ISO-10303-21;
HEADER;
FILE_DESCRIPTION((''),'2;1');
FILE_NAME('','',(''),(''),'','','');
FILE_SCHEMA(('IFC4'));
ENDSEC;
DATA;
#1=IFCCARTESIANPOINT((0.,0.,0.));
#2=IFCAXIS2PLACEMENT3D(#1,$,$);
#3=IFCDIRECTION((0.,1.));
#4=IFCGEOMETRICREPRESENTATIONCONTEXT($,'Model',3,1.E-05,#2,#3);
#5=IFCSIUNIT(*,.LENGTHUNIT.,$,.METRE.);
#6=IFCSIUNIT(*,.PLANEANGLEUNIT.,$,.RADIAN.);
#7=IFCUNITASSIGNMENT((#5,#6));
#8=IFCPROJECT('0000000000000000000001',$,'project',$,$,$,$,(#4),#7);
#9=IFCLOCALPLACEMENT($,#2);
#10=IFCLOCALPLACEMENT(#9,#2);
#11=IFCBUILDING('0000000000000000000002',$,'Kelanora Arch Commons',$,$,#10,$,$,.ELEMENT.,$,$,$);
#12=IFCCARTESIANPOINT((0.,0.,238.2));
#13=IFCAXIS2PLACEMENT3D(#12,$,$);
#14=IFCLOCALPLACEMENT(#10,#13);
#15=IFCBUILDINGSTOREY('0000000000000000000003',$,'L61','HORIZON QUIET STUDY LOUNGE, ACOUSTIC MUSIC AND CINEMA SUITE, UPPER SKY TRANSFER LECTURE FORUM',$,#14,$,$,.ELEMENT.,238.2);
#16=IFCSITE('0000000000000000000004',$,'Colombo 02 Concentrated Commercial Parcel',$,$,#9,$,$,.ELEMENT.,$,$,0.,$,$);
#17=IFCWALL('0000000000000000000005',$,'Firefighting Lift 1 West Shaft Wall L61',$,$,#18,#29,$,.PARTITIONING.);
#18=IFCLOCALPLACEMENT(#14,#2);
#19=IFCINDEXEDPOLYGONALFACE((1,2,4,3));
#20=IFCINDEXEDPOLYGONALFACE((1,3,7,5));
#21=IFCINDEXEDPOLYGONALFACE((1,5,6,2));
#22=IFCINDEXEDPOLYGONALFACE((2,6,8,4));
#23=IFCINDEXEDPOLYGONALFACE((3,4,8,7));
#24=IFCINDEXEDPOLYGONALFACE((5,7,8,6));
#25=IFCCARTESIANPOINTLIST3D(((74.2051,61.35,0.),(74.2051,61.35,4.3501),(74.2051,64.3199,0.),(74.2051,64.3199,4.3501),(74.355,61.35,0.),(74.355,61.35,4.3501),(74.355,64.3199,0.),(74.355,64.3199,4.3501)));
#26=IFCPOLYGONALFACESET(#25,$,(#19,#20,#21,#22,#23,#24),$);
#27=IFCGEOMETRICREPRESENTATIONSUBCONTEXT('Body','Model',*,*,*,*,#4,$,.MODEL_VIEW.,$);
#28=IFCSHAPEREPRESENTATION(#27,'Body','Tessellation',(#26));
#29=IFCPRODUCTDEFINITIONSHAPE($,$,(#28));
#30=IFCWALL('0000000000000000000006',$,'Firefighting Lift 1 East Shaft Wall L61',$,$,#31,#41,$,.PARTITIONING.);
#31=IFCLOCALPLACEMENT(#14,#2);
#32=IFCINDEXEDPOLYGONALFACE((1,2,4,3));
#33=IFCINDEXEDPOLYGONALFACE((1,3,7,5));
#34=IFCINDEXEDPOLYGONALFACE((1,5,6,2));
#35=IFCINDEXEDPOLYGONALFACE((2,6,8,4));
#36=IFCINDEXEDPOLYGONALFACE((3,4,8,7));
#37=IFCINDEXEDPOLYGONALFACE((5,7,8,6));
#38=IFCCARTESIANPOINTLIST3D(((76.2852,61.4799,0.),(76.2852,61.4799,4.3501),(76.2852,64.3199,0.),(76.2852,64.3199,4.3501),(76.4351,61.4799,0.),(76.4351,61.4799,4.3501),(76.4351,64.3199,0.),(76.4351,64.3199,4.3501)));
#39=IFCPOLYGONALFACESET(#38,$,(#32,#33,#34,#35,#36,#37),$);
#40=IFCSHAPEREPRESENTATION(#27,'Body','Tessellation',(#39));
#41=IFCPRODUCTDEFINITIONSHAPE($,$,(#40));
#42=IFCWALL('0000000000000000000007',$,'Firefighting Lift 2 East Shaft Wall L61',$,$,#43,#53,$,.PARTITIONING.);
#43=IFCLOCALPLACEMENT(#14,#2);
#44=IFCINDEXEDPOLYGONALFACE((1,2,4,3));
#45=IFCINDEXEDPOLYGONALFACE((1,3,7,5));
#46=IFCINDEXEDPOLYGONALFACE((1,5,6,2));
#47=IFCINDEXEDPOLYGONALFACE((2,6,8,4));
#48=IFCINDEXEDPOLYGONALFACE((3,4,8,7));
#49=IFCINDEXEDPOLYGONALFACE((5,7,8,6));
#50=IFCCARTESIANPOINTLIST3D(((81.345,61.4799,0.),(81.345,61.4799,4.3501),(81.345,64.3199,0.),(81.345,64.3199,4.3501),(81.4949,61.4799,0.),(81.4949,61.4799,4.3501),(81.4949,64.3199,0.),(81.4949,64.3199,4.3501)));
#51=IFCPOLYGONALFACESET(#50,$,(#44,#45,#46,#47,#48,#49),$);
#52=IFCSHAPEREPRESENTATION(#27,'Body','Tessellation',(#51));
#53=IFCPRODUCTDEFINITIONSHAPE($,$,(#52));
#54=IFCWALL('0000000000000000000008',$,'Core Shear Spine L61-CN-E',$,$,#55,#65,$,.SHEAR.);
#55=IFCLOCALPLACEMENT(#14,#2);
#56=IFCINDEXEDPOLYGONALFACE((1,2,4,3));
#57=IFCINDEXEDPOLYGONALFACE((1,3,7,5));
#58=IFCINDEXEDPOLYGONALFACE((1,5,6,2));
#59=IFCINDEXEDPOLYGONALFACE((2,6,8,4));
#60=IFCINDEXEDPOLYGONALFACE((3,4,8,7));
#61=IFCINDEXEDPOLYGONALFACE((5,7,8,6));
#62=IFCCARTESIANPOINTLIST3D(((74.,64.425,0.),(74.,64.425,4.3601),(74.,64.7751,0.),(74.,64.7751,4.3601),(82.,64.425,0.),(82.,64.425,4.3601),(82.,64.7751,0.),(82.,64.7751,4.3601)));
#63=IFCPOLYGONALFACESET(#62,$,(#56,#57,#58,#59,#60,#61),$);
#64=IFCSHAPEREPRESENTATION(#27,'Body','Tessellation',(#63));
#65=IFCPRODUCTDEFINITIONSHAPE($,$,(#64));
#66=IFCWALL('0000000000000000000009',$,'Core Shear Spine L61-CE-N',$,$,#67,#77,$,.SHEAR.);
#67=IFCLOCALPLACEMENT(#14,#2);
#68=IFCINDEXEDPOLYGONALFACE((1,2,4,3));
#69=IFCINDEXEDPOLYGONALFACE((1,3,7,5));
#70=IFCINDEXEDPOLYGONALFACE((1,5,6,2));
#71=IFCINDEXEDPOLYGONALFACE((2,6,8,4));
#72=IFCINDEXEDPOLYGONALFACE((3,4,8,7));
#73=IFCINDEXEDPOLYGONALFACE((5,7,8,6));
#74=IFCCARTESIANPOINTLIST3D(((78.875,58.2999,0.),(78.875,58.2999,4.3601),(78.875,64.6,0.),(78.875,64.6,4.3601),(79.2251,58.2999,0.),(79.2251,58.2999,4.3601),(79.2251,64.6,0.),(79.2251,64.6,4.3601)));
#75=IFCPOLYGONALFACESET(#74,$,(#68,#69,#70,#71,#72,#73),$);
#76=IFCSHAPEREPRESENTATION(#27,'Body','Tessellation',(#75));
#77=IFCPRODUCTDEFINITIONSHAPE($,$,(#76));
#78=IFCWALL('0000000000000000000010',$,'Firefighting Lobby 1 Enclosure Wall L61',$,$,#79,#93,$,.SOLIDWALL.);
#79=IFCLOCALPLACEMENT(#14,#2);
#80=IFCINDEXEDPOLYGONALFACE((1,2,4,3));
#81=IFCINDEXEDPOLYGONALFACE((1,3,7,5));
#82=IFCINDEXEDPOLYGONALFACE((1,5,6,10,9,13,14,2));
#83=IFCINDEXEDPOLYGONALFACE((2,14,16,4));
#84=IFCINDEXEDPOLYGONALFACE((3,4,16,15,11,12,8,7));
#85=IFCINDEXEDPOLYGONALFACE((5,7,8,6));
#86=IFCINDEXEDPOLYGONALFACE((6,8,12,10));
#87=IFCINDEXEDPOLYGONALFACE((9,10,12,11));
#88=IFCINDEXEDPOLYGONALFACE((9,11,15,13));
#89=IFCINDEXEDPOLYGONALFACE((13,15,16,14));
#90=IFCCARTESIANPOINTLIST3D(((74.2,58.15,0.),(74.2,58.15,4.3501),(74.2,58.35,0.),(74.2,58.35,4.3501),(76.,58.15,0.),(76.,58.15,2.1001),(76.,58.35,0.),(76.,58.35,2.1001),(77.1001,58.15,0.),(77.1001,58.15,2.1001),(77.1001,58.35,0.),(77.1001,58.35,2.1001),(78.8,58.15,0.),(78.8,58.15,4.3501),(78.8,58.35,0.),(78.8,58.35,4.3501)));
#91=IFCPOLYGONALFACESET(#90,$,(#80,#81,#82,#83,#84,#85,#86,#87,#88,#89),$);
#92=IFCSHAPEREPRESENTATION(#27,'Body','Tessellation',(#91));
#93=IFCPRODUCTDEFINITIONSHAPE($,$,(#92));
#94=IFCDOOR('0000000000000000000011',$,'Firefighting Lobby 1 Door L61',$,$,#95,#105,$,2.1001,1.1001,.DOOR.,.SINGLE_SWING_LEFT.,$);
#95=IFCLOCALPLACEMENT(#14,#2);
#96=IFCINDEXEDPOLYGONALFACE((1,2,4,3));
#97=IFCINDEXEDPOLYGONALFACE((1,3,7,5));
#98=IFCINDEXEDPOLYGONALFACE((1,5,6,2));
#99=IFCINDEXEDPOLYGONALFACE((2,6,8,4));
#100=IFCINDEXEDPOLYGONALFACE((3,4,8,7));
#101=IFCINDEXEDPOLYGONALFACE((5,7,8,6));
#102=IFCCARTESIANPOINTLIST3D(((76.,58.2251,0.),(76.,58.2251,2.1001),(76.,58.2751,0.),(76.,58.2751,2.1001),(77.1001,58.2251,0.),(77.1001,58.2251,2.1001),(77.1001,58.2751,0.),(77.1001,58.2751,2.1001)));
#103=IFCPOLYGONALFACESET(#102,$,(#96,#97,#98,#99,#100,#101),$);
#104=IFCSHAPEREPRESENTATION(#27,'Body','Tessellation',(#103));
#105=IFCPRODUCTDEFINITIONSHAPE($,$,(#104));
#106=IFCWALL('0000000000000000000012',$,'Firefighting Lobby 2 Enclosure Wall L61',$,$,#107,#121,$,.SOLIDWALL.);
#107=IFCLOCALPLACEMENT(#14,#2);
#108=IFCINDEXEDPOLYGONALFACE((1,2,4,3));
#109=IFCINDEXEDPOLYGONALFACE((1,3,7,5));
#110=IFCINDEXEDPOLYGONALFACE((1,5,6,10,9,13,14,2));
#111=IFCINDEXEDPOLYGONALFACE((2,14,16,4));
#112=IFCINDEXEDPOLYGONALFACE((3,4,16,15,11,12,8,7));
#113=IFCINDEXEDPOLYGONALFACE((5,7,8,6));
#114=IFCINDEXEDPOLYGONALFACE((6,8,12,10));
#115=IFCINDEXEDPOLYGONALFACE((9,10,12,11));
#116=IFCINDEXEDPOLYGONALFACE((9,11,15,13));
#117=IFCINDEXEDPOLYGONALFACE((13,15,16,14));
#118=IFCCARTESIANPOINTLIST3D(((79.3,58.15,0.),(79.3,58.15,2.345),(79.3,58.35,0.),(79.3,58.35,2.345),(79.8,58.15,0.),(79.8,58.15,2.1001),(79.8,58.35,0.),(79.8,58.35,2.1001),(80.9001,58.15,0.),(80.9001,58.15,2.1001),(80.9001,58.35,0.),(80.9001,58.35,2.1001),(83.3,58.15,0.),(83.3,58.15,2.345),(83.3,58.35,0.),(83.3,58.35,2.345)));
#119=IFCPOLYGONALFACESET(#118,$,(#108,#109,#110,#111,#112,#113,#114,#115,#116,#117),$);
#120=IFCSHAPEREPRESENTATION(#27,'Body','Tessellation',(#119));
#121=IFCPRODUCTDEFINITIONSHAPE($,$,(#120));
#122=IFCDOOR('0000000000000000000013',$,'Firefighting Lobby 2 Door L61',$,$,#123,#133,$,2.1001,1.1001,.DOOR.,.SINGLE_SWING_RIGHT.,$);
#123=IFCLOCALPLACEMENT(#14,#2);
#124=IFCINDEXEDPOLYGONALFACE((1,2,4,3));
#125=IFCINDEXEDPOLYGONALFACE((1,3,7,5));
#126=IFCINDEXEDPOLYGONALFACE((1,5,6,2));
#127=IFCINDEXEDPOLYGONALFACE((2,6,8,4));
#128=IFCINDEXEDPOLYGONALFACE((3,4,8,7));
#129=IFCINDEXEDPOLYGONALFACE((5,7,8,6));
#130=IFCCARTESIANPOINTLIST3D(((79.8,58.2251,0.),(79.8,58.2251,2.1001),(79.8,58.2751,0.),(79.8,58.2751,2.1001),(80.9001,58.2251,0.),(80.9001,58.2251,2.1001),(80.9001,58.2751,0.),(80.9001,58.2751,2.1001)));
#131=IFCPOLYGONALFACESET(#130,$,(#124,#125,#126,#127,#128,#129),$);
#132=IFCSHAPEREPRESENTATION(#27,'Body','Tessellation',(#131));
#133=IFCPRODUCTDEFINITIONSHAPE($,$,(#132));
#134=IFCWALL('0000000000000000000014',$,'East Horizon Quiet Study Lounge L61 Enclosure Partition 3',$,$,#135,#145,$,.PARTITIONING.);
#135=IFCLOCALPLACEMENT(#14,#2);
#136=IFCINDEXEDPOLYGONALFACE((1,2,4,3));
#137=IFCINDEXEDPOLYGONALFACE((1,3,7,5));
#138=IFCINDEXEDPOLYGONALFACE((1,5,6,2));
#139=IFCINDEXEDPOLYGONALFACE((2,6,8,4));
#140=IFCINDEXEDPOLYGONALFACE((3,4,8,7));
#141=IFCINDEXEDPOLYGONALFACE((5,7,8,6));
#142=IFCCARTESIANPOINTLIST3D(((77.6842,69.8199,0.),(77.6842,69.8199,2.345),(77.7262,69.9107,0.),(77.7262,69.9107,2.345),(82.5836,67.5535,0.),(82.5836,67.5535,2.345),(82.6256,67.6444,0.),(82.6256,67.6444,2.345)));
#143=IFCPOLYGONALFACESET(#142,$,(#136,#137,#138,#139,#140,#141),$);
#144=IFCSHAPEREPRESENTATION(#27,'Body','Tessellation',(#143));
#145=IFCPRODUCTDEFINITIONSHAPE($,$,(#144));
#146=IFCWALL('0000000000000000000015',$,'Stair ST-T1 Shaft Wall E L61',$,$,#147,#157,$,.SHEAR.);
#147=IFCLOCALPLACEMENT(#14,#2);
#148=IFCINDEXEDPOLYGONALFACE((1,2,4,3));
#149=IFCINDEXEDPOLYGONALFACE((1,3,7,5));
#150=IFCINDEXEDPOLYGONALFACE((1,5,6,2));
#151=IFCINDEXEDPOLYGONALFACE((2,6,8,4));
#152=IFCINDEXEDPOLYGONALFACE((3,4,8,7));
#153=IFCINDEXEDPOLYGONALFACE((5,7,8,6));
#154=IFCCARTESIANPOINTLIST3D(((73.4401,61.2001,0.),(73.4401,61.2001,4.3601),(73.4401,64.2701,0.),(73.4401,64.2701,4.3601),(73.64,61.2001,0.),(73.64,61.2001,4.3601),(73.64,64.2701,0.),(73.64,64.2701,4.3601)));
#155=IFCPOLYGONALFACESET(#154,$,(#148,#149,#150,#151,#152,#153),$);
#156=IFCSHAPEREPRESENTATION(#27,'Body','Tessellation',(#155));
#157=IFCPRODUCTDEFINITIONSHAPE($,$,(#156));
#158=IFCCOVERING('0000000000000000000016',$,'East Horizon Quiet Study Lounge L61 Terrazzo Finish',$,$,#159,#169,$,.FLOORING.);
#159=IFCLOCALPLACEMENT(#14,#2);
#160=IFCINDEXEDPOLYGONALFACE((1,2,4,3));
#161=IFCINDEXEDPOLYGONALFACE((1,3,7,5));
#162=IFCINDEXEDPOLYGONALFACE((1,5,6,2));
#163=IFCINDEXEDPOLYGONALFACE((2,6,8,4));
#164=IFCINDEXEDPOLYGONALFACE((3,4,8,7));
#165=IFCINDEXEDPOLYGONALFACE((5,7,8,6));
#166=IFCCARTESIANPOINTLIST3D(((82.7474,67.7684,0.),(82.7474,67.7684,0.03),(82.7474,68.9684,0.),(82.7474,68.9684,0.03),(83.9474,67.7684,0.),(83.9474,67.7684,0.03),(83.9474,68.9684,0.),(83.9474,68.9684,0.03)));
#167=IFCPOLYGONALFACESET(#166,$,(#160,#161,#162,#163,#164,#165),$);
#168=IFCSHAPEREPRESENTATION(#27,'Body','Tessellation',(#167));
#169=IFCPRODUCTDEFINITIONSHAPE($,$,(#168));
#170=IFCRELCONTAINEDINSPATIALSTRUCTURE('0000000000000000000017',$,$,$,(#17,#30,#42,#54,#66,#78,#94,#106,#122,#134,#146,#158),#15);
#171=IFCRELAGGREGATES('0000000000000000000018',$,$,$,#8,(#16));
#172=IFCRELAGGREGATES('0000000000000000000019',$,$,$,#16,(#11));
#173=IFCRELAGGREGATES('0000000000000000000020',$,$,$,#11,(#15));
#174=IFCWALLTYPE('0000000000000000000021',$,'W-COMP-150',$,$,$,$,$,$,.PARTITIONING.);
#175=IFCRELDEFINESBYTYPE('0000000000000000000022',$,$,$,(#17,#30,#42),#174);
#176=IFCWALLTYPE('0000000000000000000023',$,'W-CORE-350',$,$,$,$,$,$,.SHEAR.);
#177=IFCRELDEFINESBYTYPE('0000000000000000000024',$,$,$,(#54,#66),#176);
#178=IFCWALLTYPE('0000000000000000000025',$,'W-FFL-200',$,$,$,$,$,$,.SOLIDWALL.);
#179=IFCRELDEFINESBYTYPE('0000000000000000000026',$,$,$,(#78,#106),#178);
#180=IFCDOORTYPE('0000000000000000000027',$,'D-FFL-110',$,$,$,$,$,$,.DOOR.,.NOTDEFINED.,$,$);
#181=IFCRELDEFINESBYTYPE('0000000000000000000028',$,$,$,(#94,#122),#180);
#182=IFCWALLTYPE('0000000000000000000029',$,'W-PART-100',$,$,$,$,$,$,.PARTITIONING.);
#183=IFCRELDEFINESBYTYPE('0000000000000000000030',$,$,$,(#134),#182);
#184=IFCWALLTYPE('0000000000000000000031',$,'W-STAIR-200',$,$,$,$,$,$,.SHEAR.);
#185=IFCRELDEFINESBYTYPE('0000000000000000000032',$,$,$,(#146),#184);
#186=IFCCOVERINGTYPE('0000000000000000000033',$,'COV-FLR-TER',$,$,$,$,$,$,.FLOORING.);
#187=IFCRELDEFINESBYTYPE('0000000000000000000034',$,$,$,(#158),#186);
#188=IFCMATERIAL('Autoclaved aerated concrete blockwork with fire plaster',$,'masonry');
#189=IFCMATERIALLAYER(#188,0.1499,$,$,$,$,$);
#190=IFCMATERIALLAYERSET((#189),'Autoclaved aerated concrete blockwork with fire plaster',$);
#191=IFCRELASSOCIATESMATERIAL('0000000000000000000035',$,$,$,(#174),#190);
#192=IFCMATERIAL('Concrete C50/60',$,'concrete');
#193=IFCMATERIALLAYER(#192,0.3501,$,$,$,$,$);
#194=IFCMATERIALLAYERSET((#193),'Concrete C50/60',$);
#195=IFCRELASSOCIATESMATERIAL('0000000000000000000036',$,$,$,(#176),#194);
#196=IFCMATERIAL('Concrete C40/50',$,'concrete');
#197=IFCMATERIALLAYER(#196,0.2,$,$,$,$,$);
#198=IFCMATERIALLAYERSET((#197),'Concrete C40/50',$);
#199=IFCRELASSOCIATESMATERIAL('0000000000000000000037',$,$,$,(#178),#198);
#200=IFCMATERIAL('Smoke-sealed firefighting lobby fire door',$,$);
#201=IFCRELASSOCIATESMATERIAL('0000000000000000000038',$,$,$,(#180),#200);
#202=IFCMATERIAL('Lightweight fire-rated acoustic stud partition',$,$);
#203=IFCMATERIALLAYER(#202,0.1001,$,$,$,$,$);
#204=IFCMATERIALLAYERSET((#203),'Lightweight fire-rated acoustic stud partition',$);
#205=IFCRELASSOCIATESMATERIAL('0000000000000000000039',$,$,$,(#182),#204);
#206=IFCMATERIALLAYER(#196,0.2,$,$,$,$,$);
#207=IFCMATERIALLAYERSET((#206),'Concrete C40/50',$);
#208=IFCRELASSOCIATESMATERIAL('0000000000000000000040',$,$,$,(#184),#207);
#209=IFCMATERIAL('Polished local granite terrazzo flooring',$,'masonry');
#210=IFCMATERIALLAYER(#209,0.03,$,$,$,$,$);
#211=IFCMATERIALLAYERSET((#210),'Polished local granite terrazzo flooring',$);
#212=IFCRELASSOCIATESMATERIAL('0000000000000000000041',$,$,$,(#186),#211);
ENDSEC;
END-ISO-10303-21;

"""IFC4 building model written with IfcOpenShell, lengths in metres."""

from ifc_helpers import new_model, si_unit, direction, frame, frame_2d, origin, origin_2d, place, context, subcontext, project, spatial, rectangle, extrude, source, transform, mapped, material, layer, layer_set, type_object, element, fill, save


model = new_model("IFC4")

# Units and contexts
model_context = context("Model", 3, precision=1e-05, world=origin(), true_north=direction((0.0, 1.0)))
body_context = subcontext(model_context, "Body", "Model", "MODEL_VIEW")
ifc_project = project(units=[si_unit("LENGTHUNIT", "METRE"), si_unit("PLANEANGLEUNIT", "RADIAN")], contexts=[model_context])

# Site, building, storey
site_placement = place(None, origin())
site = spatial("IfcSite", under=ifc_project, at=site_placement, Name="Colombo 02 Concentrated Commercial Parcel", CompositionType="ELEMENT", RefElevation=0.0)
building_placement = place(site_placement, origin())
building = spatial("IfcBuilding", under=site, at=building_placement, Name="Kelanora Arch Commons", CompositionType="ELEMENT")
storey_placement = place(building_placement, frame((0.0, 0.0, 238.2)))
storey = spatial("IfcBuildingStorey", under=building, at=storey_placement, Name="L61", Description="HORIZON QUIET STUDY LOUNGE, ACOUSTIC MUSIC AND CINEMA SUITE, UPPER SKY TRANSFER LECTURE FORUM", CompositionType="ELEMENT", Elevation=238.2)

# Shared definitions
ifc_material_1 = material(Name="Concrete C50/60", Category="concrete")

# Walls
ifc_material_2 = material(Name="Autoclaved aerated concrete blockwork with fire plaster", Category="masonry")
ifc_layer_1 = layer(ifc_material_2, 0.1499)
ifc_layer_set_1 = layer_set([ifc_layer_1], Name="Autoclaved aerated concrete blockwork with fire plaster")
wall_type_1 = type_object("IfcWallType", Name="W-COMP-150", PredefinedType="PARTITIONING", material=ifc_layer_set_1)
wall_1_placement = place(storey_placement, frame((74.28, 61.3501, 0.0), z_axis=(0.0, 0.0, 1.0), x_axis=(0.0, 1.0, 0.0)))
element("IfcWall", 1, at=wall_1_placement, inside=storey, type_object=wall_type_1, Name="Firefighting Lift 1 West Shaft Wall L61", PredefinedType="PARTITIONING", context=body_context, shape_type="SweptSolid", body=[
    extrude(rectangle(XDim=2.97, YDim=0.1499, at=frame_2d((1.4849, 0.0))), origin(), (0.0, 0.0, 1.0), 4.3501),
])
for number, where, z_axis, x_axis, name in (
    (2, (76.3601, 61.48, 0.0), (0.0, 0.0, 1.0), (0.0, 1.0, 0.0), "Firefighting Lift 1 East Shaft Wall L61"),
    (3, (81.4199, 61.48, 0.0), (0.0, 0.0, 1.0), (0.0, 1.0, 0.0), "Firefighting Lift 2 East Shaft Wall L61"),
):
    element("IfcWall", number, at=place(storey_placement, frame(where, z_axis=z_axis, x_axis=x_axis)), inside=storey, type_object=wall_type_1, Name=name, PredefinedType="PARTITIONING", context=body_context, shape_type="SweptSolid", body=[
        extrude(rectangle(XDim=2.8401, YDim=0.1499, at=frame_2d((1.4199, 0.0))), origin(), (0.0, 0.0, 1.0), 4.3501),
    ])
ifc_layer_2 = layer(ifc_material_1, 0.3501)
ifc_layer_set_2 = layer_set([ifc_layer_2], Name="Concrete C50/60")
wall_type_2 = type_object("IfcWallType", Name="W-CORE-350", PredefinedType="SHEAR", material=ifc_layer_set_2)
wall_2_placement = place(storey_placement, frame((74.0, 64.6001, 0.0), z_axis=(0.0, 0.0, 1.0), x_axis=(1.0, 0.0, 0.0)))
element("IfcWall", 4, at=wall_2_placement, inside=storey, type_object=wall_type_2, Name="Core Shear Spine L61-CN-E", PredefinedType="SHEAR", context=body_context, shape_type="SweptSolid", body=[
    extrude(rectangle(XDim=8.0, YDim=0.3501, at=frame_2d((4.0, 0.0))), origin(), (0.0, 0.0, 1.0), 4.3601),
])
wall_3_placement = place(storey_placement, frame((79.05, 58.3, 0.0), z_axis=(0.0, 0.0, 1.0), x_axis=(0.0, 1.0, 0.0)))
element("IfcWall", 5, at=wall_3_placement, inside=storey, type_object=wall_type_2, Name="Core Shear Spine L61-CE-N", PredefinedType="SHEAR", context=body_context, shape_type="SweptSolid", body=[
    extrude(rectangle(XDim=6.3, YDim=0.3501, at=frame_2d((3.1499, 0.0))), origin(), (0.0, 0.0, 1.0), 4.3601),
])

# Walls, openings, doors
ifc_material_3 = material(Name="Concrete C40/50", Category="concrete")
ifc_layer_3 = layer(ifc_material_3, 0.2)
ifc_layer_set_3 = layer_set([ifc_layer_3], Name="Concrete C40/50")
wall_type_3 = type_object("IfcWallType", Name="W-FFL-200", PredefinedType="SOLIDWALL", material=ifc_layer_set_3)
wall_4_placement = place(storey_placement, frame((74.2, 58.25, 0.0), z_axis=(0.0, 0.0, 1.0), x_axis=(1.0, 0.0, 0.0)))
wall_4 = element("IfcWall", 6, at=wall_4_placement, inside=storey, type_object=wall_type_3, Name="Firefighting Lobby 1 Enclosure Wall L61", PredefinedType="SOLIDWALL", context=body_context, shape_type="SweptSolid", body=[
    extrude(rectangle(XDim=4.6001, YDim=0.2, at=frame_2d((2.3, 0.0))), origin(), (0.0, 0.0, 1.0), 4.3501),
])
opening_1_placement = place(wall_4_placement, frame((1.8, 0.0, 0.0)))
opening_1 = element("IfcOpeningElement", 7, at=opening_1_placement, cuts=wall_4, PredefinedType="OPENING", context=body_context, shape_type="SweptSolid", body=[
    extrude(rectangle(XDim=1.1001, YDim=2.1001, at=frame_2d((0.55, 1.05))), frame((0.0, 0.1099, 0.0), z_axis=(0.0, -1.0, 0.0), x_axis=(1.0, 0.0, 0.0)), (0.0, 0.0, 1.0), 0.22),
])
ifc_material_4 = material(Name="Smoke-sealed firefighting lobby fire door")
door_type_1 = type_object("IfcDoorType", Name="D-FFL-110", OperationType="NOTDEFINED", PredefinedType="DOOR", material=ifc_material_4)
door_1_placement = place(opening_1_placement, frame((1.1001, 0.0, 0.0), z_axis=(0.0, 0.0, 1.0), x_axis=(-1.0, 0.0, 0.0)))
door_1 = element("IfcDoor", 8, at=door_1_placement, inside=storey, type_object=door_type_1, Name="Firefighting Lobby 1 Door L61", OperationType="SINGLE_SWING_LEFT", OverallHeight=2.1001, OverallWidth=1.1001, PredefinedType="DOOR", context=body_context, shape_type="SweptSolid", body=[
    extrude(rectangle(XDim=1.1001, YDim=2.1001, at=frame_2d((0.55, 1.05))), frame((0.0, 0.0249, 0.0), z_axis=(0.0, -1.0, 0.0), x_axis=(1.0, 0.0, 0.0)), (0.0, 0.0, 1.0), 0.05),
])
fill(opening_1, door_1)
wall_5_placement = place(storey_placement, frame((79.3, 58.25, 0.0), z_axis=(0.0, 0.0, 1.0), x_axis=(1.0, 0.0, 0.0)))
wall_5 = element("IfcWall", 9, at=wall_5_placement, inside=storey, type_object=wall_type_3, Name="Firefighting Lobby 2 Enclosure Wall L61", PredefinedType="SOLIDWALL", context=body_context, shape_type="SweptSolid", body=[
    extrude(rectangle(XDim=4.0, YDim=0.2, at=frame_2d((2.0, 0.0))), origin(), (0.0, 0.0, 1.0), 2.345),
])
opening_2_placement = place(wall_5_placement, frame((0.5, 0.0, 0.0)))
opening_2 = element("IfcOpeningElement", 10, at=opening_2_placement, cuts=wall_5, PredefinedType="OPENING", context=body_context, shape_type="SweptSolid", body=[
    extrude(rectangle(XDim=1.1001, YDim=2.1001, at=frame_2d((0.55, 1.05))), frame((0.0, 0.1099, 0.0), z_axis=(0.0, -1.0, 0.0), x_axis=(1.0, 0.0, 0.0)), (0.0, 0.0, 1.0), 0.22),
])
door_2_placement = place(opening_2_placement, frame((1.1001, 0.0, 0.0), z_axis=(0.0, 0.0, 1.0), x_axis=(-1.0, 0.0, 0.0)))
door_2 = element("IfcDoor", 11, at=door_2_placement, inside=storey, type_object=door_type_1, Name="Firefighting Lobby 2 Door L61", OperationType="SINGLE_SWING_RIGHT", OverallHeight=2.1001, OverallWidth=1.1001, PredefinedType="DOOR", context=body_context, shape_type="SweptSolid", body=[
    extrude(rectangle(XDim=1.1001, YDim=2.1001, at=frame_2d((0.55, 1.05))), frame((0.0, 0.0249, 0.0), z_axis=(0.0, -1.0, 0.0), x_axis=(1.0, 0.0, 0.0)), (0.0, 0.0, 1.0), 0.05),
])
fill(opening_2, door_2)

# Walls
ifc_material_5 = material(Name="Lightweight fire-rated acoustic stud partition")
ifc_layer_4 = layer(ifc_material_5, 0.1001)
ifc_layer_set_4 = layer_set([ifc_layer_4], Name="Lightweight fire-rated acoustic stud partition")
wall_type_4 = type_object("IfcWallType", Name="W-PART-100", PredefinedType="PARTITIONING", material=ifc_layer_set_4)
wall_6_placement = place(storey_placement, frame((82.6047, 67.5989, 0.0), z_axis=(0.0, 0.0, 1.0), x_axis=(-0.9076, 0.419835, 0.0)))
element("IfcWall", 12, at=wall_6_placement, inside=storey, type_object=wall_type_4, Name="East Horizon Quiet Study Lounge L61 Enclosure Partition 3", PredefinedType="PARTITIONING", context=body_context, shape_type="SweptSolid", body=[
    extrude(rectangle(XDim=5.3982, YDim=0.1001, at=frame_2d((2.6992, 0.0))), origin(), (0.0, 0.0, 1.0), 2.345),
])
ifc_layer_5 = layer(ifc_material_3, 0.2)
ifc_layer_set_5 = layer_set([ifc_layer_5], Name="Concrete C40/50")
wall_type_5 = type_object("IfcWallType", Name="W-STAIR-200", PredefinedType="SHEAR", material=ifc_layer_set_5)
wall_7_placement = place(storey_placement, frame((73.54, 61.2, 0.0), z_axis=(0.0, 0.0, 1.0), x_axis=(0.0, 1.0, 0.0)))
element("IfcWall", 13, at=wall_7_placement, inside=storey, type_object=wall_type_5, Name="Stair ST-T1 Shaft Wall E L61", PredefinedType="SHEAR", context=body_context, shape_type="SweptSolid", body=[
    extrude(rectangle(XDim=3.0701, YDim=0.2, at=frame_2d((1.5352, 0.0))), origin(), (0.0, 0.0, 1.0), 4.3601),
])

# Covering
ifc_material_6 = material(Name="Polished local granite terrazzo flooring", Category="masonry")
ifc_layer_6 = layer(ifc_material_6, 0.03)
ifc_layer_set_6 = layer_set([ifc_layer_6], Name="Polished local granite terrazzo flooring")
covering_type_1 = type_object("IfcCoveringType", Name="COV-FLR-TER", PredefinedType="FLOORING", material=ifc_layer_set_6)
shared_shape_1 = source(origin(), body_context, "Body", "SweptSolid", [
    extrude(rectangle(XDim=1.2, YDim=1.2, at=origin_2d()), origin(), (0.0, 0.0, 1.0), 0.03),
])
covering_1_placement = place(storey_placement, frame((83.3474, 68.3684, 0.0), z_axis=(0.0, 0.0, 1.0), x_axis=(1.0, 0.0, 0.0)))
element("IfcCovering", 14, at=covering_1_placement, inside=storey, type_object=covering_type_1, Name="East Horizon Quiet Study Lounge L61 Terrazzo Finish", PredefinedType="FLOORING", context=body_context, shape_type="MappedRepresentation", body=[
    mapped(shared_shape_1, transform((0.0, 0.0, 0.0), scale=1.0)),
])

save(model, "model.ifc")
